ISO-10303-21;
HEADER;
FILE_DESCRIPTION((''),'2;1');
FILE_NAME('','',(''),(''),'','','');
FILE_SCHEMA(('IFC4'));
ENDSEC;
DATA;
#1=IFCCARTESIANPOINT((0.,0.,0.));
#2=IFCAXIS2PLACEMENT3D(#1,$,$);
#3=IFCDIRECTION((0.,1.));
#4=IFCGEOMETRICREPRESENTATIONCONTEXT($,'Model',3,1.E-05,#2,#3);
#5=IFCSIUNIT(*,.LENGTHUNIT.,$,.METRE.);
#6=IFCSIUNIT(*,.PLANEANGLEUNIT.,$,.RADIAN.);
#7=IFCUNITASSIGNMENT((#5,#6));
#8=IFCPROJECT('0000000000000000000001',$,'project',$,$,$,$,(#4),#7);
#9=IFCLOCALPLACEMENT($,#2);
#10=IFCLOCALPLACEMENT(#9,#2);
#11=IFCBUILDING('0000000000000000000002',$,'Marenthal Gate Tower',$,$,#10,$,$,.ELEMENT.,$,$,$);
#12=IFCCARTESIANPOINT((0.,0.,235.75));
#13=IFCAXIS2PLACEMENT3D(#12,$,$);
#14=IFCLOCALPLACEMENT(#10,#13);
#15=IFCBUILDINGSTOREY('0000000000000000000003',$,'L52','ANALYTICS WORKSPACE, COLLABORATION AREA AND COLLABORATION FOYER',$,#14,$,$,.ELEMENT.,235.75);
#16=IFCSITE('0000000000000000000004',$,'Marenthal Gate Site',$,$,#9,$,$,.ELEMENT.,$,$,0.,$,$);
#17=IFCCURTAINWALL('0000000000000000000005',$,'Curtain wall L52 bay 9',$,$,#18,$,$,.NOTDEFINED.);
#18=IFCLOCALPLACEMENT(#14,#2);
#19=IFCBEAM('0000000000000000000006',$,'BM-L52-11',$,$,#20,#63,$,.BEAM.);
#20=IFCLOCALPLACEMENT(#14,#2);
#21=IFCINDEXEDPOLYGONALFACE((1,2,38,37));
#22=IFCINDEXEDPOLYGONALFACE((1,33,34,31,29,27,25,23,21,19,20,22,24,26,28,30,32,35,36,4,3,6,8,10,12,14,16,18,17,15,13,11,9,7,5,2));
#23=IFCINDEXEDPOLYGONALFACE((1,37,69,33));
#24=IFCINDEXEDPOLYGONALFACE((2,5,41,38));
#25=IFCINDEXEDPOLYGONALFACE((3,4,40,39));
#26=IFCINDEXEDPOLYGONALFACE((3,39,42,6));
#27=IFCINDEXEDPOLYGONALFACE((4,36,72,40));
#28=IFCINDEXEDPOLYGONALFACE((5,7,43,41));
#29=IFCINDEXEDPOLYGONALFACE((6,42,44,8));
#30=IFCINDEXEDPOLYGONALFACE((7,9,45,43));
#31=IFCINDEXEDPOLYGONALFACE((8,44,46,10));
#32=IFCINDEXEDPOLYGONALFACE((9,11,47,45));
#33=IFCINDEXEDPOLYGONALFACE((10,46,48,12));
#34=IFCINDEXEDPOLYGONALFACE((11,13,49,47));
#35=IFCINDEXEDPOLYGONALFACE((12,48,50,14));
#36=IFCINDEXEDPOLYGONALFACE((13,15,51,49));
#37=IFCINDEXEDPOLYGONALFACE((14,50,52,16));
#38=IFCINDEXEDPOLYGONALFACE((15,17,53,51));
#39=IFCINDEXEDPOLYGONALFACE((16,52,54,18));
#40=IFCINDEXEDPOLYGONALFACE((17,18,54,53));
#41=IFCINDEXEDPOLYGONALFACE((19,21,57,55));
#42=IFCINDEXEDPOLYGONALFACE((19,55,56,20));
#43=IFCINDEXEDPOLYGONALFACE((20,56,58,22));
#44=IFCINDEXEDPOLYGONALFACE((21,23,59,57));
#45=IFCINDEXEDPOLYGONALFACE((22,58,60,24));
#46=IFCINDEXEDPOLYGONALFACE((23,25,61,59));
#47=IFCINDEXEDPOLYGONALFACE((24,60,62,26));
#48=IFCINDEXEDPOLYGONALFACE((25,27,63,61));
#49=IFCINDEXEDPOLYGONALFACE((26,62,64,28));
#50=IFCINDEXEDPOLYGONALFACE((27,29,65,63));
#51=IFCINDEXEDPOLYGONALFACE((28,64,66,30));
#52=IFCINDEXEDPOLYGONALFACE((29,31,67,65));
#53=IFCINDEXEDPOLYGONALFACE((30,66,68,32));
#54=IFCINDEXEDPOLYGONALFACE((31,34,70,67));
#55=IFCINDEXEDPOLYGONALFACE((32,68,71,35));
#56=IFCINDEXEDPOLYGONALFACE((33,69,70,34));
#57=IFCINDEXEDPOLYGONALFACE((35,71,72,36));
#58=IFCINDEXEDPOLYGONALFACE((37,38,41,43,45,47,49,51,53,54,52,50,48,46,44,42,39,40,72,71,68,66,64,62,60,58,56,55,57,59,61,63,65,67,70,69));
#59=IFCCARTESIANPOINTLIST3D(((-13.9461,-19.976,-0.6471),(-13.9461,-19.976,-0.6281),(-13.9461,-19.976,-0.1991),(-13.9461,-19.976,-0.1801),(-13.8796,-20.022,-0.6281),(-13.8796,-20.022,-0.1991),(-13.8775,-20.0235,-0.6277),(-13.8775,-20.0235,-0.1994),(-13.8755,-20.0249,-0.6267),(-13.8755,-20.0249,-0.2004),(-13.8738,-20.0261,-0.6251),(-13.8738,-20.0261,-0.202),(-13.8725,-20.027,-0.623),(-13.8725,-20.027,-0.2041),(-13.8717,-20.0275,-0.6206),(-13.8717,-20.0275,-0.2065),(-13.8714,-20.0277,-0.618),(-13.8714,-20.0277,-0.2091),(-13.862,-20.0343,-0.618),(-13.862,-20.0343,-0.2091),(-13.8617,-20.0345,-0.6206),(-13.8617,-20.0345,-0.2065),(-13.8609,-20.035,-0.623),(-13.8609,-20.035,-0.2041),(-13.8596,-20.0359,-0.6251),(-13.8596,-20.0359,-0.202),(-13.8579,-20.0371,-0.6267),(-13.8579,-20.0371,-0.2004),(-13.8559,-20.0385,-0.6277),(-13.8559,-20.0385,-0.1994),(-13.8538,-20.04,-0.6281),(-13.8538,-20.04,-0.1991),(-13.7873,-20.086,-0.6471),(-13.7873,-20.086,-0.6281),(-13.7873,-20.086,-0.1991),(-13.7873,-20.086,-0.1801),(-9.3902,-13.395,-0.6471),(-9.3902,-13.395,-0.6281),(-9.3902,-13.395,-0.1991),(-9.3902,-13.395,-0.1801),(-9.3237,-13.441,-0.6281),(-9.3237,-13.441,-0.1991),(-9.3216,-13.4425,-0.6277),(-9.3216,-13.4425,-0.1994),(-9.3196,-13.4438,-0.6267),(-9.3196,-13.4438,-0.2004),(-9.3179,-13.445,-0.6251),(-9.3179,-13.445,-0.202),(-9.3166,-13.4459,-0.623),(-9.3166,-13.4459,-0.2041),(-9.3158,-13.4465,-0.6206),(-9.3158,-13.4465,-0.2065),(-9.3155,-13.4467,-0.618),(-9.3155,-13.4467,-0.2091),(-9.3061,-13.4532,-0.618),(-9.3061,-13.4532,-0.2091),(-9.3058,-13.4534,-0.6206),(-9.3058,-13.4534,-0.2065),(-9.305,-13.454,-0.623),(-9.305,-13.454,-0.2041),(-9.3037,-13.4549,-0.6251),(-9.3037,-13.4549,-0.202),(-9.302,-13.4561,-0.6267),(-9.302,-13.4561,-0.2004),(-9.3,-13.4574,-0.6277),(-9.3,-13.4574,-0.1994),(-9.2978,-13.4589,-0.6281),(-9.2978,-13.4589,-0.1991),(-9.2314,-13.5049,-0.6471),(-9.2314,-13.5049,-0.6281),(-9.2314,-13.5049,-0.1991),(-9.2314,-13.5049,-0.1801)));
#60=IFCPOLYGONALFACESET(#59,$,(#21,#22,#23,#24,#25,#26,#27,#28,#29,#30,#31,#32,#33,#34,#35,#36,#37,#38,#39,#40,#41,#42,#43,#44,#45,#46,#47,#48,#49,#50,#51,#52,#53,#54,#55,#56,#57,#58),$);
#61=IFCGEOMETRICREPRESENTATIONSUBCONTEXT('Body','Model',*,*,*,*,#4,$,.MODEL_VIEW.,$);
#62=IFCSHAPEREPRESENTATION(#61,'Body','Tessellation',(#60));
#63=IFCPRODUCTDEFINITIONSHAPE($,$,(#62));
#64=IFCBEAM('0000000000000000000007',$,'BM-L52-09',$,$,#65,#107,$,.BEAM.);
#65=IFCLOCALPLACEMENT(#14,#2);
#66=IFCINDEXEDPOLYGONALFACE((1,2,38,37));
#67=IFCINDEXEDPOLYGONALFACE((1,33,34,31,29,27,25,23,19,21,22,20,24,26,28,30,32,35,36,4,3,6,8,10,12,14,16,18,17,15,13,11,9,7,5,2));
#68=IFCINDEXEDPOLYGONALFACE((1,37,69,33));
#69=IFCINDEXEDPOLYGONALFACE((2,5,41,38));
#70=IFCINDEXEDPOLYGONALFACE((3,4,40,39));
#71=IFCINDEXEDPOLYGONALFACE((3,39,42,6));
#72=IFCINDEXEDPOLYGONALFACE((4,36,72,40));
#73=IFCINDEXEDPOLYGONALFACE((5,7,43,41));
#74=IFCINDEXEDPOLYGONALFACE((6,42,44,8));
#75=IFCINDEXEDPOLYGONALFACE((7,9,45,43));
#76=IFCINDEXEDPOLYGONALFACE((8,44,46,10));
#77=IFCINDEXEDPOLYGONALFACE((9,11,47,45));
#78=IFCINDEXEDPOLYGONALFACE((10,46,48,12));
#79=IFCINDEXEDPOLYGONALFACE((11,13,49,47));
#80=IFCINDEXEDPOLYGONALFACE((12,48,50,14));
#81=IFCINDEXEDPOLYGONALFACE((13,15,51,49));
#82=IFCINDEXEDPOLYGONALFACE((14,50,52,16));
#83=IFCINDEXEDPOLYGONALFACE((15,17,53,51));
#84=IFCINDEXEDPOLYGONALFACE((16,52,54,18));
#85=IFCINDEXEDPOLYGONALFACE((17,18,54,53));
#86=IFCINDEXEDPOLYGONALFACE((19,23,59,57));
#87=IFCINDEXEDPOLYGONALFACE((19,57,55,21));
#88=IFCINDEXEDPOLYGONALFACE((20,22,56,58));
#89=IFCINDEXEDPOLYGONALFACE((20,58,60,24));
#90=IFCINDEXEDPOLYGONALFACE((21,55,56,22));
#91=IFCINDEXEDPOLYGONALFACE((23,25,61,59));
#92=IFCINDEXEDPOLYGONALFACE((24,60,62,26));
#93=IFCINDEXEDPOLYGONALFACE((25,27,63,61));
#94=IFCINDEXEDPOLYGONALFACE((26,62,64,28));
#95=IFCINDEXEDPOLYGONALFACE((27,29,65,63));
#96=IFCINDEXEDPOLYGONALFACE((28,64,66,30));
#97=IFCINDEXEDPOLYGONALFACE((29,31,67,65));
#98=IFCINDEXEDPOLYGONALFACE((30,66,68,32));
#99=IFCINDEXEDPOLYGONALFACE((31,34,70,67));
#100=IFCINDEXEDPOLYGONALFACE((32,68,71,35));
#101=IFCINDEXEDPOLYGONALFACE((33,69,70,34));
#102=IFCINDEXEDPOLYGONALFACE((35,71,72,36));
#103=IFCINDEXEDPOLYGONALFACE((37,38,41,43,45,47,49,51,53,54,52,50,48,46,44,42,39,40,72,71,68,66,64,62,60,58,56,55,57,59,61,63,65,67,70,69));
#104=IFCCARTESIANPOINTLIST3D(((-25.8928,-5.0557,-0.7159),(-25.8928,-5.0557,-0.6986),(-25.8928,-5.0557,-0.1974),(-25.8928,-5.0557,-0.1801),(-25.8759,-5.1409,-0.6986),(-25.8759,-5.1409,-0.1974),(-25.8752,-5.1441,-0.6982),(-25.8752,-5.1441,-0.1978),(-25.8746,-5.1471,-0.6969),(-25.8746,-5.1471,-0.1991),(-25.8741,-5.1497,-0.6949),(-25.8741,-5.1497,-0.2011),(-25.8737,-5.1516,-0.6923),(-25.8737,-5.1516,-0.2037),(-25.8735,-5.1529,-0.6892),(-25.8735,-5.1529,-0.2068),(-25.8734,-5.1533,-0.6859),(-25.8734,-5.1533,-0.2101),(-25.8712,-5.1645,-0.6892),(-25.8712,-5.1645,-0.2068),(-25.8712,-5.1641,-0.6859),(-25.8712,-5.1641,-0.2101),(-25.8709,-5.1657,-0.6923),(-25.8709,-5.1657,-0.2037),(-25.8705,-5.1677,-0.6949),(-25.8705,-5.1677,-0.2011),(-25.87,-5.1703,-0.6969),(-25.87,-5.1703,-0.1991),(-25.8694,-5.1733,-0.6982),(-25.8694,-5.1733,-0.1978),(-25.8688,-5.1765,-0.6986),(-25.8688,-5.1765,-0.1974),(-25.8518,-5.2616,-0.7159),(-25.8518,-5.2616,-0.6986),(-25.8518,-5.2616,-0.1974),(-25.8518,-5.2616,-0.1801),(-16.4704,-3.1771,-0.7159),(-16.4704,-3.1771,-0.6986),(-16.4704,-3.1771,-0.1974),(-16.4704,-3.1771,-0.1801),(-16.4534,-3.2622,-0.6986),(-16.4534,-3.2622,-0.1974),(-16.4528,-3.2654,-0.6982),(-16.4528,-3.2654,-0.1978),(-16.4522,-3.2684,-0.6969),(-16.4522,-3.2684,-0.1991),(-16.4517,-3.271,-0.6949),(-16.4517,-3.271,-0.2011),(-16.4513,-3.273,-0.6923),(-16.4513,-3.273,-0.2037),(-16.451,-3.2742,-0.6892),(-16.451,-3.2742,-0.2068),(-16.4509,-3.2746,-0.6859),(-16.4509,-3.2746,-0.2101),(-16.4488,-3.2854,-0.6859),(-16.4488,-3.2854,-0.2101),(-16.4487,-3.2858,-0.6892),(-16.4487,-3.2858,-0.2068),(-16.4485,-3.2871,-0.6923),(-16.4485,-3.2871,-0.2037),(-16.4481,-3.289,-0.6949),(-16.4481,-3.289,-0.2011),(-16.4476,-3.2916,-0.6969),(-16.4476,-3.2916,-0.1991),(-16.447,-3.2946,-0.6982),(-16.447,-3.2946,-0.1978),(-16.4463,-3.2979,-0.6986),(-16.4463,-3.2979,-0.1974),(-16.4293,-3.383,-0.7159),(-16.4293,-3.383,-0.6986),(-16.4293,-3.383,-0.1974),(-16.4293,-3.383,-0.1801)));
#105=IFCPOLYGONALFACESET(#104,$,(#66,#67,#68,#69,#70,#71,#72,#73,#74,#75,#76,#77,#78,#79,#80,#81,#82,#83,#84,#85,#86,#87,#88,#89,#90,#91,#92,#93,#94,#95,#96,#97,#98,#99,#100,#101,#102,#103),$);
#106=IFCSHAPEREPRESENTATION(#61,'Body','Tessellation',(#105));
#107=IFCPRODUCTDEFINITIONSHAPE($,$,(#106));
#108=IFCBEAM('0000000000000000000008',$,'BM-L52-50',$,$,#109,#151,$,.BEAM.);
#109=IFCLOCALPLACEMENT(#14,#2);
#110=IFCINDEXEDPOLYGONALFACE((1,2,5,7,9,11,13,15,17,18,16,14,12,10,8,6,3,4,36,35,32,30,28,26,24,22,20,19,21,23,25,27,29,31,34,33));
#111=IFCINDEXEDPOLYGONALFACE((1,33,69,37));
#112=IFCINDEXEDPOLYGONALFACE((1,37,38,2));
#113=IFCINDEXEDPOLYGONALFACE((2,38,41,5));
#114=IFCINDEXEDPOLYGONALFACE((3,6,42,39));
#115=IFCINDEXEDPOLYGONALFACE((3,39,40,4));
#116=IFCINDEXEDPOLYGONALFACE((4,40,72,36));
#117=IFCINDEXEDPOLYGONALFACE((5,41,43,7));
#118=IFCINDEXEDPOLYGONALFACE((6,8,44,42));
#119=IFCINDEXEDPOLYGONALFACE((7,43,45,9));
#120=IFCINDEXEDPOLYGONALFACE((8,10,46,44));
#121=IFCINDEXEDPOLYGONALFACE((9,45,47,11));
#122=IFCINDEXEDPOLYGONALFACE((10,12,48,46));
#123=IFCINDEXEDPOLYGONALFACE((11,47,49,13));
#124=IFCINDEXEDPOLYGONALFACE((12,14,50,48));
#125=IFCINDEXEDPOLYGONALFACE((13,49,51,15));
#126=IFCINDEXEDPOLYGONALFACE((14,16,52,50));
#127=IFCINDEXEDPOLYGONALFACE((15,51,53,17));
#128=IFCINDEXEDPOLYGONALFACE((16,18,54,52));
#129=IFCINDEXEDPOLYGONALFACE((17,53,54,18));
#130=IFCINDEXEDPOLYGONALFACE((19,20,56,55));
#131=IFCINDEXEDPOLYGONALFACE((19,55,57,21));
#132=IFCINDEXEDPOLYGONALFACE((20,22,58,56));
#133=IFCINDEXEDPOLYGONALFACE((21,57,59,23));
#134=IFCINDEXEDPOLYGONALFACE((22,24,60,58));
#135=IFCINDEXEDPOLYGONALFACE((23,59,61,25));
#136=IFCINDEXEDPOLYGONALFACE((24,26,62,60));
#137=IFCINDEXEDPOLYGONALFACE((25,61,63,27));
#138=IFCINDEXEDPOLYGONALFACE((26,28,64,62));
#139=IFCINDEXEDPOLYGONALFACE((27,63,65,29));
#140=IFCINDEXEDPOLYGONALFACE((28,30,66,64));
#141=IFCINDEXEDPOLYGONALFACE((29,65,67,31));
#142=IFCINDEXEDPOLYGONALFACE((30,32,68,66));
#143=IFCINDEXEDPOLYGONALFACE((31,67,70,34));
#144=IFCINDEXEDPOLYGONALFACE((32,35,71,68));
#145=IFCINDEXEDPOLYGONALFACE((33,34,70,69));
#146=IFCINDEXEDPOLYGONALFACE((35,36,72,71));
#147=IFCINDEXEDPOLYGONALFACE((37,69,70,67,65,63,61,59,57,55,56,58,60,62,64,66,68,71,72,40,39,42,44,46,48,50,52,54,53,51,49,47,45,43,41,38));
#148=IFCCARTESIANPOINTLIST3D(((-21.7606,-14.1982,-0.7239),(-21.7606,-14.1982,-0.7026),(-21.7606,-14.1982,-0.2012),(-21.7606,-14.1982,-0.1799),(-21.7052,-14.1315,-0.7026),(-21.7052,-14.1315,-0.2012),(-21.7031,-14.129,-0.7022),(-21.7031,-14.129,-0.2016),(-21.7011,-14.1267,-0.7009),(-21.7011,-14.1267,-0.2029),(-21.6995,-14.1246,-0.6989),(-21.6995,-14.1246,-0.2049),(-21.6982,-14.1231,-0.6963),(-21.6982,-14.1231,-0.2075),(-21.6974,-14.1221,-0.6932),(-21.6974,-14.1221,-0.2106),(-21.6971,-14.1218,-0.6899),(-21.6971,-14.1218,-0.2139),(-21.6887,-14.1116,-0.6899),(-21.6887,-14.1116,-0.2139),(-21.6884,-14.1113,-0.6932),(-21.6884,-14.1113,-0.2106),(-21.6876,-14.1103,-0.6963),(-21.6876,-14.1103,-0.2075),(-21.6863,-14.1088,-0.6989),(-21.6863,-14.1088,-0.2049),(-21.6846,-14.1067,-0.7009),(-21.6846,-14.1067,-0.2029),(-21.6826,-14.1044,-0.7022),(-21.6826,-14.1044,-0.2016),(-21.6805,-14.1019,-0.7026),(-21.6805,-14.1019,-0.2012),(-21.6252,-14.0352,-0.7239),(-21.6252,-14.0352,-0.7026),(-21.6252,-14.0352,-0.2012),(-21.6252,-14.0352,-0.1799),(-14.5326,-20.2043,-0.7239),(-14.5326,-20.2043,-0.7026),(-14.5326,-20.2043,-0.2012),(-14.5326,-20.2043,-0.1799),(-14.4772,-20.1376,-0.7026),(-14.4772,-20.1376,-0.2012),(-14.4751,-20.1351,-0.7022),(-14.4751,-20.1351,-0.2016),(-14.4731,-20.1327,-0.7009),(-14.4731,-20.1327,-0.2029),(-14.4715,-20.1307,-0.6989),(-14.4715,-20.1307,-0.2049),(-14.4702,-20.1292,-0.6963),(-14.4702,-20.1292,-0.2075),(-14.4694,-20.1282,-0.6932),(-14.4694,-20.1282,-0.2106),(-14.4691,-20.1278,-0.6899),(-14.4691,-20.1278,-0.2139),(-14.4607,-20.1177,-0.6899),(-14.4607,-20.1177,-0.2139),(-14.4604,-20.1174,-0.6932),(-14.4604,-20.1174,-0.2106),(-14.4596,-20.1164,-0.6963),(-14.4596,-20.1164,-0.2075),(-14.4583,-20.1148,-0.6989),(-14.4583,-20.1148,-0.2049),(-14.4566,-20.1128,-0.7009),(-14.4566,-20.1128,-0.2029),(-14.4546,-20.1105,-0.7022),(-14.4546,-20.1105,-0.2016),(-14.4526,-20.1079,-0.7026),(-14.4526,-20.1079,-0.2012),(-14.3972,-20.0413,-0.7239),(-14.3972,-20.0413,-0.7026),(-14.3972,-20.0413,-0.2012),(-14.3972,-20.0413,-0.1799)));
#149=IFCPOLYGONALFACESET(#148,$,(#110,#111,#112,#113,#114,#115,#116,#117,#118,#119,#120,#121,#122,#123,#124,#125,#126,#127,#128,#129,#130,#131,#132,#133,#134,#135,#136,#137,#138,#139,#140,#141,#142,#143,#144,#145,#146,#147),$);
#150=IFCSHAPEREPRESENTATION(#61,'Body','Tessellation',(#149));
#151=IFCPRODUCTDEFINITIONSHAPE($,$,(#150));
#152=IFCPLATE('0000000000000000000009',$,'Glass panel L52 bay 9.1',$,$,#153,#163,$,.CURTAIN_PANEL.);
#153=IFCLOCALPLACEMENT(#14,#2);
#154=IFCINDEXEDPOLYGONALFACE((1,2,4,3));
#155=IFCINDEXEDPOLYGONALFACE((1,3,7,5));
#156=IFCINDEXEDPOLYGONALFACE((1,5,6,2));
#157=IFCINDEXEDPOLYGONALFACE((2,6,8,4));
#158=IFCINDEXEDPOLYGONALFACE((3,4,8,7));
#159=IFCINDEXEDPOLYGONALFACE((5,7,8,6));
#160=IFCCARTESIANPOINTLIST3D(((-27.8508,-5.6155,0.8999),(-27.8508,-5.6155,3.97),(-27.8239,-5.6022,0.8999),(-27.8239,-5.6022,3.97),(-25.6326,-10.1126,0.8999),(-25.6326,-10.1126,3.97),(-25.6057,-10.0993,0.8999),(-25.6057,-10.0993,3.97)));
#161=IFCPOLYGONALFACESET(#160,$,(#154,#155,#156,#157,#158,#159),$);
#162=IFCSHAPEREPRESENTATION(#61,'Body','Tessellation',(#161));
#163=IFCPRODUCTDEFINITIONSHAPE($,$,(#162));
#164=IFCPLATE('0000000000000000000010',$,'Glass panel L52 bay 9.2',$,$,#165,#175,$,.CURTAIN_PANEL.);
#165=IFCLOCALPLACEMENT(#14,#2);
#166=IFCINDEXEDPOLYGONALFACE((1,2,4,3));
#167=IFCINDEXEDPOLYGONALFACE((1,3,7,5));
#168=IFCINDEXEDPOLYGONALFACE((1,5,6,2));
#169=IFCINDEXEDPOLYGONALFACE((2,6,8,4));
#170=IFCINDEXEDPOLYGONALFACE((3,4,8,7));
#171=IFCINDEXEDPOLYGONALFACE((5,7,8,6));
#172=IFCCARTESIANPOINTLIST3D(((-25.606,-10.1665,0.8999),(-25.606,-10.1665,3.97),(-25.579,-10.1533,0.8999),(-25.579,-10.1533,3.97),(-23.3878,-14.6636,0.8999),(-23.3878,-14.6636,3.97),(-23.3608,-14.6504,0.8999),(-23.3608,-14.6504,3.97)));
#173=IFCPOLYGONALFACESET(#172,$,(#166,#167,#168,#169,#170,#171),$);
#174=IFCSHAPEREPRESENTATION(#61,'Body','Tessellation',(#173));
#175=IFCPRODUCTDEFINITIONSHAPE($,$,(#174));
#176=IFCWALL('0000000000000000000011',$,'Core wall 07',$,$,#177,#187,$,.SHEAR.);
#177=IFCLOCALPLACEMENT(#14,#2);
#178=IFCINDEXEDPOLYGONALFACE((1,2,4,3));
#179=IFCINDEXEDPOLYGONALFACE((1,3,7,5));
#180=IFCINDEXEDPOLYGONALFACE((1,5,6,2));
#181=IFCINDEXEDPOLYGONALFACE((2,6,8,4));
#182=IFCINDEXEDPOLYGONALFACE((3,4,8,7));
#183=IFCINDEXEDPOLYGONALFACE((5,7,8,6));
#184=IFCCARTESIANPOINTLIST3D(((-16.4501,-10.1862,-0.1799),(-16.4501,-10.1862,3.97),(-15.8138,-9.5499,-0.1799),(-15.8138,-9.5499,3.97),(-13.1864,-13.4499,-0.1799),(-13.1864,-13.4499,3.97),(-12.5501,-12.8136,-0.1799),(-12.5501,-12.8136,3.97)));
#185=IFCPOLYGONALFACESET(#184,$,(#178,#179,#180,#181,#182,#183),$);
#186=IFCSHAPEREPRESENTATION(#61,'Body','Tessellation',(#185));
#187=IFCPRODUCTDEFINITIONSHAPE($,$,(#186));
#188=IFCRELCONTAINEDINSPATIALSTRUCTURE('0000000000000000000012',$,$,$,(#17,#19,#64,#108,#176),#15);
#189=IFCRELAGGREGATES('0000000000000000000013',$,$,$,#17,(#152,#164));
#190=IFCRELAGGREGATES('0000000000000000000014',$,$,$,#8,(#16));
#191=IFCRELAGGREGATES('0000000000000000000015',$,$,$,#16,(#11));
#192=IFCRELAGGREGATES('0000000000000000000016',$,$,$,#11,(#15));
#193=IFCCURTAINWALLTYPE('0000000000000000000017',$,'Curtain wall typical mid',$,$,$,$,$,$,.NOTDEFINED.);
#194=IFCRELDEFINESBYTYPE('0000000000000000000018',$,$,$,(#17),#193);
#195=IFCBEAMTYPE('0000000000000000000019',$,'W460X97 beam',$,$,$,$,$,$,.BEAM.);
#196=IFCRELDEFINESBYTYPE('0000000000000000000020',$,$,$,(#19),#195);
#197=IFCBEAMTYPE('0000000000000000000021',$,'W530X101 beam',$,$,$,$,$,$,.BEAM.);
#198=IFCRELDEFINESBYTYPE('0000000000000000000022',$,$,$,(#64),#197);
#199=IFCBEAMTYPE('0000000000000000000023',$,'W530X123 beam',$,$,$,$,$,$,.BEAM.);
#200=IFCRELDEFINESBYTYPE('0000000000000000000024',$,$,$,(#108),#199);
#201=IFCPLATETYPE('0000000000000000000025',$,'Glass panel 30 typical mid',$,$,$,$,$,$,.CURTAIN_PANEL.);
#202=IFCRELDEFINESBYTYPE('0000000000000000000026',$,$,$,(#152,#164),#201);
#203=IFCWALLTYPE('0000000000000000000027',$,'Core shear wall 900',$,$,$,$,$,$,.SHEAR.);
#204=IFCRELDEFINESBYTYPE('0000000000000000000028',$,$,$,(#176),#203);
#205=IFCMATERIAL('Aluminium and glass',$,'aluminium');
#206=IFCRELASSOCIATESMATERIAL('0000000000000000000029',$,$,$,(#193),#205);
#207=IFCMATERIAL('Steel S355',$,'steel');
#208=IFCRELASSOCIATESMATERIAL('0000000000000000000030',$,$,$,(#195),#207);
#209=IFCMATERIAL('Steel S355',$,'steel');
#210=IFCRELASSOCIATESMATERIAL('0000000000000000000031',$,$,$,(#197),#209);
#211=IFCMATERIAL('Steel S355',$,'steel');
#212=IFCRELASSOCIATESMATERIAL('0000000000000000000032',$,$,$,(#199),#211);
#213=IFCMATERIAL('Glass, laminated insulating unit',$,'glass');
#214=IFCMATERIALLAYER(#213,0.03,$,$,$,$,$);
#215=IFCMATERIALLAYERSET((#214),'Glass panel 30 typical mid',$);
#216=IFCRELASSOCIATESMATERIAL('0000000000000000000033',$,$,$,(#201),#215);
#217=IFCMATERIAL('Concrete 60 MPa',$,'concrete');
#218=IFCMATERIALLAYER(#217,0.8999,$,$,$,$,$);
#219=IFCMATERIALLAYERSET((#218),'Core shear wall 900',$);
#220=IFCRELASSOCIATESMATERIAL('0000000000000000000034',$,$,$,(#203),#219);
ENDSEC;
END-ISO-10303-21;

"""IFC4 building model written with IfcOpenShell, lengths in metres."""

from ifc_helpers import new_model, si_unit, direction, frame, frame_2d, origin, origin_2d, place, context, subcontext, project, spatial, rectangle, i_section, extrude, material, layer, layer_set, material_profile, profile_set, type_object, element, aggregate, save


model = new_model("IFC4")

# Units and contexts
model_context = context("Model", 3, precision=1e-05, world=origin(), true_north=direction((0.0, 1.0)))
body_context = subcontext(model_context, "Body", "Model", "MODEL_VIEW")
ifc_project = project(units=[si_unit("LENGTHUNIT", "METRE"), si_unit("PLANEANGLEUNIT", "RADIAN")], contexts=[model_context])

# Site, building, storey
site_placement = place(None, origin())
site = spatial("IfcSite", under=ifc_project, at=site_placement, Name="Marenthal Gate Site", CompositionType="ELEMENT", RefElevation=0.0)
building_placement = place(site_placement, origin())
building = spatial("IfcBuilding", under=site, at=building_placement, Name="Marenthal Gate Tower", CompositionType="ELEMENT")
storey_placement = place(building_placement, frame((0.0, 0.0, 235.75)))
storey = spatial("IfcBuildingStorey", under=building, at=storey_placement, Name="L52", Description="ANALYTICS WORKSPACE, COLLABORATION AREA AND COLLABORATION FOYER", CompositionType="ELEMENT", Elevation=235.75)

# Curtain wall
ifc_material_1 = material(Name="Aluminium and glass", Category="aluminium")
curtain_wall_type = type_object("IfcCurtainWallType", Name="Curtain wall typical mid", PredefinedType="NOTDEFINED", material=ifc_material_1)
curtain_wall_1_placement = place(storey_placement, origin())
curtain_wall_1 = element("IfcCurtainWall", 1, at=curtain_wall_1_placement, inside=storey, type_object=curtain_wall_type, Name="Curtain wall L52 bay 9", PredefinedType="NOTDEFINED")

# Beams
ifc_material_2 = material(Name="Steel S355", Category="steel")
ifc_material_profile_1 = material_profile(ifc_material_2, i_section(OverallWidth=0.1931, OverallDepth=0.467, WebThickness=0.0115, FlangeThickness=0.019, FilletRadius=0.01, at=origin_2d()), Name="W460X97")
ifc_profile_set_1 = profile_set([ifc_material_profile_1], Name="Steel S355")
beam_type_1 = type_object("IfcBeamType", Name="W460X97 beam", PredefinedType="BEAM", material=ifc_profile_set_1)
beam_1_placement = place(storey_placement, frame((-13.8667, -20.031, -0.4136), z_axis=(0.569193, 0.822204, 0.0), x_axis=(-0.822204, 0.569193, 0.0)))
element("IfcBeam", 2, at=beam_1_placement, inside=storey, type_object=beam_type_1, Name="BM-L52-11", PredefinedType="BEAM", context=body_context, shape_type="SweptSolid", body=[
    extrude(i_section(OverallWidth=0.1931, OverallDepth=0.467, WebThickness=0.0115, FlangeThickness=0.019, FilletRadius=0.01, at=origin_2d()), origin(), (0.0, 0.0, 1.0), 8.0042),
])
ifc_material_3 = material(Name="Steel S355", Category="steel")
ifc_material_profile_2 = material_profile(ifc_material_3, i_section(OverallWidth=0.21, OverallDepth=0.5359, WebThickness=0.011, FlangeThickness=0.0173, FilletRadius=0.0127, at=origin_2d()), Name="W530X101")
ifc_profile_set_2 = profile_set([ifc_material_profile_2], Name="Steel S355")
beam_type_2 = type_object("IfcBeamType", Name="W530X101 beam", PredefinedType="BEAM", material=ifc_profile_set_2)
beam_2_placement = place(storey_placement, frame((-25.8723, -5.1587, -0.448), z_axis=(0.980697, 0.195535, 0.0), x_axis=(-0.195535, 0.980697, 0.0)))
element("IfcBeam", 3, at=beam_2_placement, inside=storey, type_object=beam_type_2, Name="BM-L52-09", PredefinedType="BEAM", context=body_context, shape_type="SweptSolid", body=[
    extrude(i_section(OverallWidth=0.21, OverallDepth=0.5359, WebThickness=0.011, FlangeThickness=0.0173, FilletRadius=0.0127, at=origin_2d()), origin(), (0.0, 0.0, 1.0), 9.6079),
])
ifc_material_4 = material(Name="Steel S355", Category="steel")
ifc_material_profile_3 = material_profile(ifc_material_4, i_section(OverallWidth=0.2119, OverallDepth=0.5439, WebThickness=0.0132, FlangeThickness=0.0212, FilletRadius=0.0127, at=origin_2d()), Name="W530X123")
ifc_profile_set_3 = profile_set([ifc_material_profile_3], Name="Steel S355")
beam_type_3 = type_object("IfcBeamType", Name="W530X123 beam", PredefinedType="BEAM", material=ifc_profile_set_3)
beam_3_placement = place(storey_placement, frame((-21.6929, -14.1167, -0.4519), z_axis=(0.769123, -0.6391, 0.0), x_axis=(0.6391, 0.769123, 0.0)))
element("IfcBeam", 4, at=beam_3_placement, inside=storey, type_object=beam_type_3, Name="BM-L52-50", PredefinedType="BEAM", context=body_context, shape_type="SweptSolid", body=[
    extrude(i_section(OverallWidth=0.2119, OverallDepth=0.5439, WebThickness=0.0132, FlangeThickness=0.0212, FilletRadius=0.0127, at=origin_2d()), origin(), (0.0, 0.0, 1.0), 9.3977),
])

# Plates
ifc_material_5 = material(Name="Glass, laminated insulating unit", Category="glass")
ifc_layer_1 = layer(ifc_material_5, 0.03)
ifc_layer_set_1 = layer_set([ifc_layer_1], Name="Glass panel 30 typical mid")
plate_type = type_object("IfcPlateType", Name="Glass panel 30 typical mid", PredefinedType="CURTAIN_PANEL", material=ifc_layer_set_1)
plate_1_placement = place(storey_placement, frame((-26.7283, -7.8574, 0.8999), z_axis=(0.0, 0.0, 1.0), x_axis=(0.442364, -0.896835, 0.0)))
plate_1 = element("IfcPlate", 5, at=plate_1_placement, type_object=plate_type, Name="Glass panel L52 bay 9.1", PredefinedType="CURTAIN_PANEL", context=body_context, shape_type="SweptSolid", body=[
    extrude(rectangle(XDim=5.0144, YDim=0.03, at=origin_2d()), origin(), (0.0, 0.0, 1.0), 3.0701),
])
plate_2_placement = place(storey_placement, frame((-24.4834, -12.4084, 0.8999), z_axis=(0.0, 0.0, 1.0), x_axis=(0.442364, -0.896835, 0.0)))
plate_2 = element("IfcPlate", 6, at=plate_2_placement, type_object=plate_type, Name="Glass panel L52 bay 9.2", PredefinedType="CURTAIN_PANEL", context=body_context, shape_type="SweptSolid", body=[
    extrude(rectangle(XDim=5.0144, YDim=0.03, at=origin_2d()), origin(), (0.0, 0.0, 1.0), 3.0701),
])
aggregate(curtain_wall_1, [plate_1, plate_2])

# Wall
ifc_material_6 = material(Name="Concrete 60 MPa", Category="concrete")
ifc_layer_2 = layer(ifc_material_6, 0.8999)
ifc_layer_set_2 = layer_set([ifc_layer_2], Name="Core shear wall 900")
wall_type_1 = type_object("IfcWallType", Name="Core shear wall 900", PredefinedType="SHEAR", material=ifc_layer_set_2)
wall_1_placement = place(storey_placement, frame((-16.1318, -9.8682, -0.1799), z_axis=(0.0, 0.0, 1.0), x_axis=(0.707107, -0.707107, 0.0)))
element("IfcWall", 7, at=wall_1_placement, inside=storey, type_object=wall_type_1, Name="Core wall 07", PredefinedType="SHEAR", context=body_context, shape_type="SweptSolid", body=[
    extrude(rectangle(XDim=4.6155, YDim=0.8999, at=frame_2d((2.3076, 0.0))), origin(), (0.0, 0.0, 1.0), 4.1499),
])

save(model, "model.ifc")
